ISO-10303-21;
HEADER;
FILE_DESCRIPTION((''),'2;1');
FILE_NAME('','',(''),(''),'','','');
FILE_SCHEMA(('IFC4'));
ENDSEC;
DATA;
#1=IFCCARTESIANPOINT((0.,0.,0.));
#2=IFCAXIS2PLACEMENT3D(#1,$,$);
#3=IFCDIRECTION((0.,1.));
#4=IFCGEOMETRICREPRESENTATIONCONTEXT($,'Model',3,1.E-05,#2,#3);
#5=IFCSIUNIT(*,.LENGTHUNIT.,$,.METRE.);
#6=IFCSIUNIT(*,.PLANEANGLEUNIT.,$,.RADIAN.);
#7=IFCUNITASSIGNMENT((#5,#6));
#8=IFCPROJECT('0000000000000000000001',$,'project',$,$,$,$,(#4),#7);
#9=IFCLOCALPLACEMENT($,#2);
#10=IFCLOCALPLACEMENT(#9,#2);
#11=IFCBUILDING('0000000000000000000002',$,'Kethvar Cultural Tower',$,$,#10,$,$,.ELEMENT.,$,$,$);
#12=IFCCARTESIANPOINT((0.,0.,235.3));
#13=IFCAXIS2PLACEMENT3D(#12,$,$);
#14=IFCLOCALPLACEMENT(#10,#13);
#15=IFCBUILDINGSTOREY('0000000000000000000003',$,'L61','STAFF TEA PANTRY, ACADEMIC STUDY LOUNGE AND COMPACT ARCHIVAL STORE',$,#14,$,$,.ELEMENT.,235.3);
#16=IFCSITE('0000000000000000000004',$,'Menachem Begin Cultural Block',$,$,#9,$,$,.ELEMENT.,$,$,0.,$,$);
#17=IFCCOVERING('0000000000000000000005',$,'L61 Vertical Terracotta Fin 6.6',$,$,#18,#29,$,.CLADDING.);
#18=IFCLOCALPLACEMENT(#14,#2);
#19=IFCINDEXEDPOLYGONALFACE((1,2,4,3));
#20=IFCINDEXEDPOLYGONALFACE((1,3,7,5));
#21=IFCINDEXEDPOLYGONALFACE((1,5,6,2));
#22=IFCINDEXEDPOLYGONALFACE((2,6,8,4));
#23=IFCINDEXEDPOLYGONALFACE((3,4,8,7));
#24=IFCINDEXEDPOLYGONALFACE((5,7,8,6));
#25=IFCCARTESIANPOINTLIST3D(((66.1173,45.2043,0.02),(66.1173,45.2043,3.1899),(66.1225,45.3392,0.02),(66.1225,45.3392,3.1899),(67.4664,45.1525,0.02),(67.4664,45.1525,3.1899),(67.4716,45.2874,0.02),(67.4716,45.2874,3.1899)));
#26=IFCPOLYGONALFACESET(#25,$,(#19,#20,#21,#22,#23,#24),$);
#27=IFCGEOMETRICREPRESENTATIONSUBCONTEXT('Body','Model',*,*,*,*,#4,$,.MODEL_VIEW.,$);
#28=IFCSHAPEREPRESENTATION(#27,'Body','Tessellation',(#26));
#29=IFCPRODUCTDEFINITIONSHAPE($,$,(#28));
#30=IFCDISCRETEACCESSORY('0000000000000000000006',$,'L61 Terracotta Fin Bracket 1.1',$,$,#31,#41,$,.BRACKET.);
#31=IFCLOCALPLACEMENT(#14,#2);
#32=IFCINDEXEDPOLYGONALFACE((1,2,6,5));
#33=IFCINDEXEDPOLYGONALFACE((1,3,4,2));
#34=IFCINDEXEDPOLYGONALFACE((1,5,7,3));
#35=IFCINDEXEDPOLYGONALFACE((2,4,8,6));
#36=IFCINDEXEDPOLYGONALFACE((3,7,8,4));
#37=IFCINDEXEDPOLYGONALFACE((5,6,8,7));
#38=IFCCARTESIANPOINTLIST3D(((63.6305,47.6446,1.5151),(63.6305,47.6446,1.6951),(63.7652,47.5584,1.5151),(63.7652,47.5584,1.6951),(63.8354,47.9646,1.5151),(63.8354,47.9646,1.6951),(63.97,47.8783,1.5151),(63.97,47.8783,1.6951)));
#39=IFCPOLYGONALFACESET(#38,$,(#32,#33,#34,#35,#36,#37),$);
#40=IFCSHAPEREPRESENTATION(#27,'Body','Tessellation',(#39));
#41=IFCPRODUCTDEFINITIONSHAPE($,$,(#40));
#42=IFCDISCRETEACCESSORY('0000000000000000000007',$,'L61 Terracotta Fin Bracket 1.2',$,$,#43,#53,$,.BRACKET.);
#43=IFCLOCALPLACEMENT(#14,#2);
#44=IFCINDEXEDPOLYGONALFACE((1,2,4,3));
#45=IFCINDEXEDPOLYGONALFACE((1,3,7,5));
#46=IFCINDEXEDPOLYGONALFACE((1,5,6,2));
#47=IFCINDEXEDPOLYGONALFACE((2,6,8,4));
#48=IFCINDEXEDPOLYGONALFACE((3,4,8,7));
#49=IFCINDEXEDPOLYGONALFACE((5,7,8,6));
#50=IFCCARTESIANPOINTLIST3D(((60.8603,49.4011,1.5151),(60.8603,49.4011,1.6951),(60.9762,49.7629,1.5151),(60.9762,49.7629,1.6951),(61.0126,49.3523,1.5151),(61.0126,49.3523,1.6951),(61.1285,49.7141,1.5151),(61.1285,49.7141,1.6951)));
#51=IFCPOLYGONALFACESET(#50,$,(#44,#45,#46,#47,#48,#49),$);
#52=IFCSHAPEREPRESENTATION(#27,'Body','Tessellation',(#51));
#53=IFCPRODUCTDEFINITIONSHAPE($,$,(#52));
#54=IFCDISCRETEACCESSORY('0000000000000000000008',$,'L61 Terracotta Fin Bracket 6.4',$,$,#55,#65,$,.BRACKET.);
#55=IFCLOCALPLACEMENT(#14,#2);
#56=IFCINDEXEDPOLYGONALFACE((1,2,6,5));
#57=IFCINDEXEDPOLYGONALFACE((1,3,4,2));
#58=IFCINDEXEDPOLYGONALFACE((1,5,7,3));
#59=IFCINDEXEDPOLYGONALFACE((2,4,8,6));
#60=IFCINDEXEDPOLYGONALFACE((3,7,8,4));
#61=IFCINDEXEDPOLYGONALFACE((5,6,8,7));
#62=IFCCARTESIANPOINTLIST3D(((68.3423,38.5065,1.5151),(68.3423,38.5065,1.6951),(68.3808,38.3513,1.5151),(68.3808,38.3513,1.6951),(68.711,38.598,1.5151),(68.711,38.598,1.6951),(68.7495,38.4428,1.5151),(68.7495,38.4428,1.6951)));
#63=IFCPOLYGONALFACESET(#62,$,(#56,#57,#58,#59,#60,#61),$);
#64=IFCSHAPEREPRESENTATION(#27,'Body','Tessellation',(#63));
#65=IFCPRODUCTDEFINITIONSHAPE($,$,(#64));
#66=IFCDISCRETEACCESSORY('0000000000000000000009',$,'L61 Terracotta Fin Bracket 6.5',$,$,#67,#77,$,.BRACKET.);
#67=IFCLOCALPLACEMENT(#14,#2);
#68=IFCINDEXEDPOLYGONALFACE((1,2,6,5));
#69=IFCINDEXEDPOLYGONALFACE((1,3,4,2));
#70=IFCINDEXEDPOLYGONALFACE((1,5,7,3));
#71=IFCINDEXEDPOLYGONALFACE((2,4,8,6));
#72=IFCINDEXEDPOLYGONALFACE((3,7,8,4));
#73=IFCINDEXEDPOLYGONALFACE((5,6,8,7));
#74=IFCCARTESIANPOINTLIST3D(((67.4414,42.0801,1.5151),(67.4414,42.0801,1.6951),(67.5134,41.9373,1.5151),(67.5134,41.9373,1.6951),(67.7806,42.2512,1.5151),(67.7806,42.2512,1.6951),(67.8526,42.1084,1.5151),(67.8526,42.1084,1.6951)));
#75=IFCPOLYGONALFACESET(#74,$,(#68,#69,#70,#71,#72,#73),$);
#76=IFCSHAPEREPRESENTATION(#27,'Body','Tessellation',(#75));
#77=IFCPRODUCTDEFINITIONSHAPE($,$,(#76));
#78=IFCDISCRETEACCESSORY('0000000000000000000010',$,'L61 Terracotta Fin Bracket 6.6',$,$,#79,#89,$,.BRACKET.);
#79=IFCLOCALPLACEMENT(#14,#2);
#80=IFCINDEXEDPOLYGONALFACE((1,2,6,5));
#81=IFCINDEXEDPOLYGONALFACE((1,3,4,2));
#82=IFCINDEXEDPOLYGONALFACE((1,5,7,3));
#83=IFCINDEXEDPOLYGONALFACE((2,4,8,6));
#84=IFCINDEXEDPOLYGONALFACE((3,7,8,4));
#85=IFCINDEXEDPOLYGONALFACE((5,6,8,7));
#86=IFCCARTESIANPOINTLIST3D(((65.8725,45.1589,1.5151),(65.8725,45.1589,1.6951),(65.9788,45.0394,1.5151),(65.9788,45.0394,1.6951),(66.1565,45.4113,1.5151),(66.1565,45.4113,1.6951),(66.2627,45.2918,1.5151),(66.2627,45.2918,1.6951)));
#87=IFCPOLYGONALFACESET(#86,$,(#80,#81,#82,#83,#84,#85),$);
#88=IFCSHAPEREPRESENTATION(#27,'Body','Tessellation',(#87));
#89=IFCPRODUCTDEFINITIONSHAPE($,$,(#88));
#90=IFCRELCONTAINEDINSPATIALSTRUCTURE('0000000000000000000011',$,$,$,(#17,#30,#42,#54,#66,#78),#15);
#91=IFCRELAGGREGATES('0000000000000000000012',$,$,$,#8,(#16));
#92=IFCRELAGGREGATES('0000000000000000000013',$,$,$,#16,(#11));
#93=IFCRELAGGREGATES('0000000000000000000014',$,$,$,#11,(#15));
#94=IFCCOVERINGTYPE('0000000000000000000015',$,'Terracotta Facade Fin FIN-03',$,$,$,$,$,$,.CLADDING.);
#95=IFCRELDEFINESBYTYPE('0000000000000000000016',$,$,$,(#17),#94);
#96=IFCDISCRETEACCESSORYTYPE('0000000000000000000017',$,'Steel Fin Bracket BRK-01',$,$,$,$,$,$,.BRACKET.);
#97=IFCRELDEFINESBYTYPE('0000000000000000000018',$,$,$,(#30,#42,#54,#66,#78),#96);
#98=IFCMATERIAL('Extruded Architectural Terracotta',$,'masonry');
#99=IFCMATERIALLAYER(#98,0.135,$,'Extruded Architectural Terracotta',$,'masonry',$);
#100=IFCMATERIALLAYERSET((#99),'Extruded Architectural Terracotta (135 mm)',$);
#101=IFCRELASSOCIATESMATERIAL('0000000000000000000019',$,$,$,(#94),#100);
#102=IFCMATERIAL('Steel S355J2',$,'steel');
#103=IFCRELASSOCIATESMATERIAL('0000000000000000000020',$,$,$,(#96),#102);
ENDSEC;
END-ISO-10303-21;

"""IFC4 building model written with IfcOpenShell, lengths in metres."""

from ifc_helpers import new_model, si_unit, direction, frame, origin, origin_2d, place, context, subcontext, project, spatial, rectangle, extrude, source, transform, mapped, material, layer, layer_set, type_object, element, save


model = new_model("IFC4")

# Units and contexts
model_context = context("Model", 3, precision=1e-05, world=origin(), true_north=direction((0.0, 1.0)))
body_context = subcontext(model_context, "Body", "Model", "MODEL_VIEW")
ifc_project = project(units=[si_unit("LENGTHUNIT", "METRE"), si_unit("PLANEANGLEUNIT", "RADIAN")], contexts=[model_context])

# Site, building, storey
site_placement = place(None, origin())
site = spatial("IfcSite", under=ifc_project, at=site_placement, Name="Menachem Begin Cultural Block", CompositionType="ELEMENT", RefElevation=0.0)
building_placement = place(site_placement, origin())
building = spatial("IfcBuilding", under=site, at=building_placement, Name="Kethvar Cultural Tower", CompositionType="ELEMENT")
storey_placement = place(building_placement, frame((0.0, 0.0, 235.3)))
storey = spatial("IfcBuildingStorey", under=building, at=storey_placement, Name="L61", Description="STAFF TEA PANTRY, ACADEMIC STUDY LOUNGE AND COMPACT ARCHIVAL STORE", CompositionType="ELEMENT", Elevation=235.3)

# Shared definitions
ifc_material_1 = material(Name="Steel S355J2", Category="steel")

# Covering
ifc_material_2 = material(Name="Extruded Architectural Terracotta", Category="masonry")
ifc_layer_1 = layer(ifc_material_2, 0.135, Name="Extruded Architectural Terracotta", Category="masonry")
ifc_layer_set_1 = layer_set([ifc_layer_1], Name="Extruded Architectural Terracotta (135 mm)")
covering_type = type_object("IfcCoveringType", Name="Terracotta Facade Fin FIN-03", PredefinedType="CLADDING", material=ifc_layer_set_1)
shared_shape_1 = source(origin(), body_context, "Body", "SweptSolid", [
    extrude(rectangle(XDim=1.3501, YDim=0.135, at=origin_2d()), origin(), (0.0, 0.0, 1.0), 3.1699),
])
for number, where, z_axis, x_axis, name in (
    (1, (66.7944, 45.2458, 0.02), (0.0, 0.0, 1.0), (0.999263, -0.038388, 0.0), "L61 Vertical Terracotta Fin 6.6"),
):
    element("IfcCovering", number, at=place(storey_placement, frame(where, z_axis=z_axis, x_axis=x_axis)), inside=storey, type_object=covering_type, Name=name, PredefinedType="CLADDING", context=body_context, shape_type="MappedRepresentation", body=[
        mapped(shared_shape_1, transform((0.0, 0.0, 0.0), scale=1.0)),
    ])

# Discrete accessories
discrete_accessory_type = type_object("IfcDiscreteAccessoryType", Name="Steel Fin Bracket BRK-01", PredefinedType="BRACKET", material=ifc_material_1)
shared_shape_2 = source(origin(), body_context, "Body", "SweptSolid", [
    extrude(rectangle(XDim=0.3799, YDim=0.1599, at=origin_2d()), origin(), (0.0, 0.0, 1.0), 0.1799),
])
for number, where, z_axis, x_axis, name in (
    (2, (63.8003, 47.7615, 1.5151), (0.0, 0.0, 1.0), (0.539212, 0.84217, 0.0), "L61 Terracotta Fin Bracket 1.1"),
    (3, (60.9944, 49.5576, 1.5151), (0.0, 0.0, 1.0), (0.305031, 0.952343, 0.0), "L61 Terracotta Fin Bracket 1.2"),
    (4, (68.5459, 38.4746, 1.5151), (0.0, 0.0, 1.0), (0.970549, 0.240906, 0.0), "L61 Terracotta Fin Bracket 6.4"),
    (5, (67.647, 42.0942, 1.5151), (0.0, 0.0, 1.0), (0.8929, 0.450254, 0.0), "L61 Terracotta Fin Bracket 6.5"),
    (6, (66.0676, 45.2253, 1.5151), (0.0, 0.0, 1.0), (0.74745, 0.664318, 0.0), "L61 Terracotta Fin Bracket 6.6"),
):
    element("IfcDiscreteAccessory", number, at=place(storey_placement, frame(where, z_axis=z_axis, x_axis=x_axis)), inside=storey, type_object=discrete_accessory_type, Name=name, PredefinedType="BRACKET", context=body_context, shape_type="MappedRepresentation", body=[
        mapped(shared_shape_2, transform((0.0, 0.0, 0.0), scale=1.0)),
    ])

save(model, "model.ifc")
